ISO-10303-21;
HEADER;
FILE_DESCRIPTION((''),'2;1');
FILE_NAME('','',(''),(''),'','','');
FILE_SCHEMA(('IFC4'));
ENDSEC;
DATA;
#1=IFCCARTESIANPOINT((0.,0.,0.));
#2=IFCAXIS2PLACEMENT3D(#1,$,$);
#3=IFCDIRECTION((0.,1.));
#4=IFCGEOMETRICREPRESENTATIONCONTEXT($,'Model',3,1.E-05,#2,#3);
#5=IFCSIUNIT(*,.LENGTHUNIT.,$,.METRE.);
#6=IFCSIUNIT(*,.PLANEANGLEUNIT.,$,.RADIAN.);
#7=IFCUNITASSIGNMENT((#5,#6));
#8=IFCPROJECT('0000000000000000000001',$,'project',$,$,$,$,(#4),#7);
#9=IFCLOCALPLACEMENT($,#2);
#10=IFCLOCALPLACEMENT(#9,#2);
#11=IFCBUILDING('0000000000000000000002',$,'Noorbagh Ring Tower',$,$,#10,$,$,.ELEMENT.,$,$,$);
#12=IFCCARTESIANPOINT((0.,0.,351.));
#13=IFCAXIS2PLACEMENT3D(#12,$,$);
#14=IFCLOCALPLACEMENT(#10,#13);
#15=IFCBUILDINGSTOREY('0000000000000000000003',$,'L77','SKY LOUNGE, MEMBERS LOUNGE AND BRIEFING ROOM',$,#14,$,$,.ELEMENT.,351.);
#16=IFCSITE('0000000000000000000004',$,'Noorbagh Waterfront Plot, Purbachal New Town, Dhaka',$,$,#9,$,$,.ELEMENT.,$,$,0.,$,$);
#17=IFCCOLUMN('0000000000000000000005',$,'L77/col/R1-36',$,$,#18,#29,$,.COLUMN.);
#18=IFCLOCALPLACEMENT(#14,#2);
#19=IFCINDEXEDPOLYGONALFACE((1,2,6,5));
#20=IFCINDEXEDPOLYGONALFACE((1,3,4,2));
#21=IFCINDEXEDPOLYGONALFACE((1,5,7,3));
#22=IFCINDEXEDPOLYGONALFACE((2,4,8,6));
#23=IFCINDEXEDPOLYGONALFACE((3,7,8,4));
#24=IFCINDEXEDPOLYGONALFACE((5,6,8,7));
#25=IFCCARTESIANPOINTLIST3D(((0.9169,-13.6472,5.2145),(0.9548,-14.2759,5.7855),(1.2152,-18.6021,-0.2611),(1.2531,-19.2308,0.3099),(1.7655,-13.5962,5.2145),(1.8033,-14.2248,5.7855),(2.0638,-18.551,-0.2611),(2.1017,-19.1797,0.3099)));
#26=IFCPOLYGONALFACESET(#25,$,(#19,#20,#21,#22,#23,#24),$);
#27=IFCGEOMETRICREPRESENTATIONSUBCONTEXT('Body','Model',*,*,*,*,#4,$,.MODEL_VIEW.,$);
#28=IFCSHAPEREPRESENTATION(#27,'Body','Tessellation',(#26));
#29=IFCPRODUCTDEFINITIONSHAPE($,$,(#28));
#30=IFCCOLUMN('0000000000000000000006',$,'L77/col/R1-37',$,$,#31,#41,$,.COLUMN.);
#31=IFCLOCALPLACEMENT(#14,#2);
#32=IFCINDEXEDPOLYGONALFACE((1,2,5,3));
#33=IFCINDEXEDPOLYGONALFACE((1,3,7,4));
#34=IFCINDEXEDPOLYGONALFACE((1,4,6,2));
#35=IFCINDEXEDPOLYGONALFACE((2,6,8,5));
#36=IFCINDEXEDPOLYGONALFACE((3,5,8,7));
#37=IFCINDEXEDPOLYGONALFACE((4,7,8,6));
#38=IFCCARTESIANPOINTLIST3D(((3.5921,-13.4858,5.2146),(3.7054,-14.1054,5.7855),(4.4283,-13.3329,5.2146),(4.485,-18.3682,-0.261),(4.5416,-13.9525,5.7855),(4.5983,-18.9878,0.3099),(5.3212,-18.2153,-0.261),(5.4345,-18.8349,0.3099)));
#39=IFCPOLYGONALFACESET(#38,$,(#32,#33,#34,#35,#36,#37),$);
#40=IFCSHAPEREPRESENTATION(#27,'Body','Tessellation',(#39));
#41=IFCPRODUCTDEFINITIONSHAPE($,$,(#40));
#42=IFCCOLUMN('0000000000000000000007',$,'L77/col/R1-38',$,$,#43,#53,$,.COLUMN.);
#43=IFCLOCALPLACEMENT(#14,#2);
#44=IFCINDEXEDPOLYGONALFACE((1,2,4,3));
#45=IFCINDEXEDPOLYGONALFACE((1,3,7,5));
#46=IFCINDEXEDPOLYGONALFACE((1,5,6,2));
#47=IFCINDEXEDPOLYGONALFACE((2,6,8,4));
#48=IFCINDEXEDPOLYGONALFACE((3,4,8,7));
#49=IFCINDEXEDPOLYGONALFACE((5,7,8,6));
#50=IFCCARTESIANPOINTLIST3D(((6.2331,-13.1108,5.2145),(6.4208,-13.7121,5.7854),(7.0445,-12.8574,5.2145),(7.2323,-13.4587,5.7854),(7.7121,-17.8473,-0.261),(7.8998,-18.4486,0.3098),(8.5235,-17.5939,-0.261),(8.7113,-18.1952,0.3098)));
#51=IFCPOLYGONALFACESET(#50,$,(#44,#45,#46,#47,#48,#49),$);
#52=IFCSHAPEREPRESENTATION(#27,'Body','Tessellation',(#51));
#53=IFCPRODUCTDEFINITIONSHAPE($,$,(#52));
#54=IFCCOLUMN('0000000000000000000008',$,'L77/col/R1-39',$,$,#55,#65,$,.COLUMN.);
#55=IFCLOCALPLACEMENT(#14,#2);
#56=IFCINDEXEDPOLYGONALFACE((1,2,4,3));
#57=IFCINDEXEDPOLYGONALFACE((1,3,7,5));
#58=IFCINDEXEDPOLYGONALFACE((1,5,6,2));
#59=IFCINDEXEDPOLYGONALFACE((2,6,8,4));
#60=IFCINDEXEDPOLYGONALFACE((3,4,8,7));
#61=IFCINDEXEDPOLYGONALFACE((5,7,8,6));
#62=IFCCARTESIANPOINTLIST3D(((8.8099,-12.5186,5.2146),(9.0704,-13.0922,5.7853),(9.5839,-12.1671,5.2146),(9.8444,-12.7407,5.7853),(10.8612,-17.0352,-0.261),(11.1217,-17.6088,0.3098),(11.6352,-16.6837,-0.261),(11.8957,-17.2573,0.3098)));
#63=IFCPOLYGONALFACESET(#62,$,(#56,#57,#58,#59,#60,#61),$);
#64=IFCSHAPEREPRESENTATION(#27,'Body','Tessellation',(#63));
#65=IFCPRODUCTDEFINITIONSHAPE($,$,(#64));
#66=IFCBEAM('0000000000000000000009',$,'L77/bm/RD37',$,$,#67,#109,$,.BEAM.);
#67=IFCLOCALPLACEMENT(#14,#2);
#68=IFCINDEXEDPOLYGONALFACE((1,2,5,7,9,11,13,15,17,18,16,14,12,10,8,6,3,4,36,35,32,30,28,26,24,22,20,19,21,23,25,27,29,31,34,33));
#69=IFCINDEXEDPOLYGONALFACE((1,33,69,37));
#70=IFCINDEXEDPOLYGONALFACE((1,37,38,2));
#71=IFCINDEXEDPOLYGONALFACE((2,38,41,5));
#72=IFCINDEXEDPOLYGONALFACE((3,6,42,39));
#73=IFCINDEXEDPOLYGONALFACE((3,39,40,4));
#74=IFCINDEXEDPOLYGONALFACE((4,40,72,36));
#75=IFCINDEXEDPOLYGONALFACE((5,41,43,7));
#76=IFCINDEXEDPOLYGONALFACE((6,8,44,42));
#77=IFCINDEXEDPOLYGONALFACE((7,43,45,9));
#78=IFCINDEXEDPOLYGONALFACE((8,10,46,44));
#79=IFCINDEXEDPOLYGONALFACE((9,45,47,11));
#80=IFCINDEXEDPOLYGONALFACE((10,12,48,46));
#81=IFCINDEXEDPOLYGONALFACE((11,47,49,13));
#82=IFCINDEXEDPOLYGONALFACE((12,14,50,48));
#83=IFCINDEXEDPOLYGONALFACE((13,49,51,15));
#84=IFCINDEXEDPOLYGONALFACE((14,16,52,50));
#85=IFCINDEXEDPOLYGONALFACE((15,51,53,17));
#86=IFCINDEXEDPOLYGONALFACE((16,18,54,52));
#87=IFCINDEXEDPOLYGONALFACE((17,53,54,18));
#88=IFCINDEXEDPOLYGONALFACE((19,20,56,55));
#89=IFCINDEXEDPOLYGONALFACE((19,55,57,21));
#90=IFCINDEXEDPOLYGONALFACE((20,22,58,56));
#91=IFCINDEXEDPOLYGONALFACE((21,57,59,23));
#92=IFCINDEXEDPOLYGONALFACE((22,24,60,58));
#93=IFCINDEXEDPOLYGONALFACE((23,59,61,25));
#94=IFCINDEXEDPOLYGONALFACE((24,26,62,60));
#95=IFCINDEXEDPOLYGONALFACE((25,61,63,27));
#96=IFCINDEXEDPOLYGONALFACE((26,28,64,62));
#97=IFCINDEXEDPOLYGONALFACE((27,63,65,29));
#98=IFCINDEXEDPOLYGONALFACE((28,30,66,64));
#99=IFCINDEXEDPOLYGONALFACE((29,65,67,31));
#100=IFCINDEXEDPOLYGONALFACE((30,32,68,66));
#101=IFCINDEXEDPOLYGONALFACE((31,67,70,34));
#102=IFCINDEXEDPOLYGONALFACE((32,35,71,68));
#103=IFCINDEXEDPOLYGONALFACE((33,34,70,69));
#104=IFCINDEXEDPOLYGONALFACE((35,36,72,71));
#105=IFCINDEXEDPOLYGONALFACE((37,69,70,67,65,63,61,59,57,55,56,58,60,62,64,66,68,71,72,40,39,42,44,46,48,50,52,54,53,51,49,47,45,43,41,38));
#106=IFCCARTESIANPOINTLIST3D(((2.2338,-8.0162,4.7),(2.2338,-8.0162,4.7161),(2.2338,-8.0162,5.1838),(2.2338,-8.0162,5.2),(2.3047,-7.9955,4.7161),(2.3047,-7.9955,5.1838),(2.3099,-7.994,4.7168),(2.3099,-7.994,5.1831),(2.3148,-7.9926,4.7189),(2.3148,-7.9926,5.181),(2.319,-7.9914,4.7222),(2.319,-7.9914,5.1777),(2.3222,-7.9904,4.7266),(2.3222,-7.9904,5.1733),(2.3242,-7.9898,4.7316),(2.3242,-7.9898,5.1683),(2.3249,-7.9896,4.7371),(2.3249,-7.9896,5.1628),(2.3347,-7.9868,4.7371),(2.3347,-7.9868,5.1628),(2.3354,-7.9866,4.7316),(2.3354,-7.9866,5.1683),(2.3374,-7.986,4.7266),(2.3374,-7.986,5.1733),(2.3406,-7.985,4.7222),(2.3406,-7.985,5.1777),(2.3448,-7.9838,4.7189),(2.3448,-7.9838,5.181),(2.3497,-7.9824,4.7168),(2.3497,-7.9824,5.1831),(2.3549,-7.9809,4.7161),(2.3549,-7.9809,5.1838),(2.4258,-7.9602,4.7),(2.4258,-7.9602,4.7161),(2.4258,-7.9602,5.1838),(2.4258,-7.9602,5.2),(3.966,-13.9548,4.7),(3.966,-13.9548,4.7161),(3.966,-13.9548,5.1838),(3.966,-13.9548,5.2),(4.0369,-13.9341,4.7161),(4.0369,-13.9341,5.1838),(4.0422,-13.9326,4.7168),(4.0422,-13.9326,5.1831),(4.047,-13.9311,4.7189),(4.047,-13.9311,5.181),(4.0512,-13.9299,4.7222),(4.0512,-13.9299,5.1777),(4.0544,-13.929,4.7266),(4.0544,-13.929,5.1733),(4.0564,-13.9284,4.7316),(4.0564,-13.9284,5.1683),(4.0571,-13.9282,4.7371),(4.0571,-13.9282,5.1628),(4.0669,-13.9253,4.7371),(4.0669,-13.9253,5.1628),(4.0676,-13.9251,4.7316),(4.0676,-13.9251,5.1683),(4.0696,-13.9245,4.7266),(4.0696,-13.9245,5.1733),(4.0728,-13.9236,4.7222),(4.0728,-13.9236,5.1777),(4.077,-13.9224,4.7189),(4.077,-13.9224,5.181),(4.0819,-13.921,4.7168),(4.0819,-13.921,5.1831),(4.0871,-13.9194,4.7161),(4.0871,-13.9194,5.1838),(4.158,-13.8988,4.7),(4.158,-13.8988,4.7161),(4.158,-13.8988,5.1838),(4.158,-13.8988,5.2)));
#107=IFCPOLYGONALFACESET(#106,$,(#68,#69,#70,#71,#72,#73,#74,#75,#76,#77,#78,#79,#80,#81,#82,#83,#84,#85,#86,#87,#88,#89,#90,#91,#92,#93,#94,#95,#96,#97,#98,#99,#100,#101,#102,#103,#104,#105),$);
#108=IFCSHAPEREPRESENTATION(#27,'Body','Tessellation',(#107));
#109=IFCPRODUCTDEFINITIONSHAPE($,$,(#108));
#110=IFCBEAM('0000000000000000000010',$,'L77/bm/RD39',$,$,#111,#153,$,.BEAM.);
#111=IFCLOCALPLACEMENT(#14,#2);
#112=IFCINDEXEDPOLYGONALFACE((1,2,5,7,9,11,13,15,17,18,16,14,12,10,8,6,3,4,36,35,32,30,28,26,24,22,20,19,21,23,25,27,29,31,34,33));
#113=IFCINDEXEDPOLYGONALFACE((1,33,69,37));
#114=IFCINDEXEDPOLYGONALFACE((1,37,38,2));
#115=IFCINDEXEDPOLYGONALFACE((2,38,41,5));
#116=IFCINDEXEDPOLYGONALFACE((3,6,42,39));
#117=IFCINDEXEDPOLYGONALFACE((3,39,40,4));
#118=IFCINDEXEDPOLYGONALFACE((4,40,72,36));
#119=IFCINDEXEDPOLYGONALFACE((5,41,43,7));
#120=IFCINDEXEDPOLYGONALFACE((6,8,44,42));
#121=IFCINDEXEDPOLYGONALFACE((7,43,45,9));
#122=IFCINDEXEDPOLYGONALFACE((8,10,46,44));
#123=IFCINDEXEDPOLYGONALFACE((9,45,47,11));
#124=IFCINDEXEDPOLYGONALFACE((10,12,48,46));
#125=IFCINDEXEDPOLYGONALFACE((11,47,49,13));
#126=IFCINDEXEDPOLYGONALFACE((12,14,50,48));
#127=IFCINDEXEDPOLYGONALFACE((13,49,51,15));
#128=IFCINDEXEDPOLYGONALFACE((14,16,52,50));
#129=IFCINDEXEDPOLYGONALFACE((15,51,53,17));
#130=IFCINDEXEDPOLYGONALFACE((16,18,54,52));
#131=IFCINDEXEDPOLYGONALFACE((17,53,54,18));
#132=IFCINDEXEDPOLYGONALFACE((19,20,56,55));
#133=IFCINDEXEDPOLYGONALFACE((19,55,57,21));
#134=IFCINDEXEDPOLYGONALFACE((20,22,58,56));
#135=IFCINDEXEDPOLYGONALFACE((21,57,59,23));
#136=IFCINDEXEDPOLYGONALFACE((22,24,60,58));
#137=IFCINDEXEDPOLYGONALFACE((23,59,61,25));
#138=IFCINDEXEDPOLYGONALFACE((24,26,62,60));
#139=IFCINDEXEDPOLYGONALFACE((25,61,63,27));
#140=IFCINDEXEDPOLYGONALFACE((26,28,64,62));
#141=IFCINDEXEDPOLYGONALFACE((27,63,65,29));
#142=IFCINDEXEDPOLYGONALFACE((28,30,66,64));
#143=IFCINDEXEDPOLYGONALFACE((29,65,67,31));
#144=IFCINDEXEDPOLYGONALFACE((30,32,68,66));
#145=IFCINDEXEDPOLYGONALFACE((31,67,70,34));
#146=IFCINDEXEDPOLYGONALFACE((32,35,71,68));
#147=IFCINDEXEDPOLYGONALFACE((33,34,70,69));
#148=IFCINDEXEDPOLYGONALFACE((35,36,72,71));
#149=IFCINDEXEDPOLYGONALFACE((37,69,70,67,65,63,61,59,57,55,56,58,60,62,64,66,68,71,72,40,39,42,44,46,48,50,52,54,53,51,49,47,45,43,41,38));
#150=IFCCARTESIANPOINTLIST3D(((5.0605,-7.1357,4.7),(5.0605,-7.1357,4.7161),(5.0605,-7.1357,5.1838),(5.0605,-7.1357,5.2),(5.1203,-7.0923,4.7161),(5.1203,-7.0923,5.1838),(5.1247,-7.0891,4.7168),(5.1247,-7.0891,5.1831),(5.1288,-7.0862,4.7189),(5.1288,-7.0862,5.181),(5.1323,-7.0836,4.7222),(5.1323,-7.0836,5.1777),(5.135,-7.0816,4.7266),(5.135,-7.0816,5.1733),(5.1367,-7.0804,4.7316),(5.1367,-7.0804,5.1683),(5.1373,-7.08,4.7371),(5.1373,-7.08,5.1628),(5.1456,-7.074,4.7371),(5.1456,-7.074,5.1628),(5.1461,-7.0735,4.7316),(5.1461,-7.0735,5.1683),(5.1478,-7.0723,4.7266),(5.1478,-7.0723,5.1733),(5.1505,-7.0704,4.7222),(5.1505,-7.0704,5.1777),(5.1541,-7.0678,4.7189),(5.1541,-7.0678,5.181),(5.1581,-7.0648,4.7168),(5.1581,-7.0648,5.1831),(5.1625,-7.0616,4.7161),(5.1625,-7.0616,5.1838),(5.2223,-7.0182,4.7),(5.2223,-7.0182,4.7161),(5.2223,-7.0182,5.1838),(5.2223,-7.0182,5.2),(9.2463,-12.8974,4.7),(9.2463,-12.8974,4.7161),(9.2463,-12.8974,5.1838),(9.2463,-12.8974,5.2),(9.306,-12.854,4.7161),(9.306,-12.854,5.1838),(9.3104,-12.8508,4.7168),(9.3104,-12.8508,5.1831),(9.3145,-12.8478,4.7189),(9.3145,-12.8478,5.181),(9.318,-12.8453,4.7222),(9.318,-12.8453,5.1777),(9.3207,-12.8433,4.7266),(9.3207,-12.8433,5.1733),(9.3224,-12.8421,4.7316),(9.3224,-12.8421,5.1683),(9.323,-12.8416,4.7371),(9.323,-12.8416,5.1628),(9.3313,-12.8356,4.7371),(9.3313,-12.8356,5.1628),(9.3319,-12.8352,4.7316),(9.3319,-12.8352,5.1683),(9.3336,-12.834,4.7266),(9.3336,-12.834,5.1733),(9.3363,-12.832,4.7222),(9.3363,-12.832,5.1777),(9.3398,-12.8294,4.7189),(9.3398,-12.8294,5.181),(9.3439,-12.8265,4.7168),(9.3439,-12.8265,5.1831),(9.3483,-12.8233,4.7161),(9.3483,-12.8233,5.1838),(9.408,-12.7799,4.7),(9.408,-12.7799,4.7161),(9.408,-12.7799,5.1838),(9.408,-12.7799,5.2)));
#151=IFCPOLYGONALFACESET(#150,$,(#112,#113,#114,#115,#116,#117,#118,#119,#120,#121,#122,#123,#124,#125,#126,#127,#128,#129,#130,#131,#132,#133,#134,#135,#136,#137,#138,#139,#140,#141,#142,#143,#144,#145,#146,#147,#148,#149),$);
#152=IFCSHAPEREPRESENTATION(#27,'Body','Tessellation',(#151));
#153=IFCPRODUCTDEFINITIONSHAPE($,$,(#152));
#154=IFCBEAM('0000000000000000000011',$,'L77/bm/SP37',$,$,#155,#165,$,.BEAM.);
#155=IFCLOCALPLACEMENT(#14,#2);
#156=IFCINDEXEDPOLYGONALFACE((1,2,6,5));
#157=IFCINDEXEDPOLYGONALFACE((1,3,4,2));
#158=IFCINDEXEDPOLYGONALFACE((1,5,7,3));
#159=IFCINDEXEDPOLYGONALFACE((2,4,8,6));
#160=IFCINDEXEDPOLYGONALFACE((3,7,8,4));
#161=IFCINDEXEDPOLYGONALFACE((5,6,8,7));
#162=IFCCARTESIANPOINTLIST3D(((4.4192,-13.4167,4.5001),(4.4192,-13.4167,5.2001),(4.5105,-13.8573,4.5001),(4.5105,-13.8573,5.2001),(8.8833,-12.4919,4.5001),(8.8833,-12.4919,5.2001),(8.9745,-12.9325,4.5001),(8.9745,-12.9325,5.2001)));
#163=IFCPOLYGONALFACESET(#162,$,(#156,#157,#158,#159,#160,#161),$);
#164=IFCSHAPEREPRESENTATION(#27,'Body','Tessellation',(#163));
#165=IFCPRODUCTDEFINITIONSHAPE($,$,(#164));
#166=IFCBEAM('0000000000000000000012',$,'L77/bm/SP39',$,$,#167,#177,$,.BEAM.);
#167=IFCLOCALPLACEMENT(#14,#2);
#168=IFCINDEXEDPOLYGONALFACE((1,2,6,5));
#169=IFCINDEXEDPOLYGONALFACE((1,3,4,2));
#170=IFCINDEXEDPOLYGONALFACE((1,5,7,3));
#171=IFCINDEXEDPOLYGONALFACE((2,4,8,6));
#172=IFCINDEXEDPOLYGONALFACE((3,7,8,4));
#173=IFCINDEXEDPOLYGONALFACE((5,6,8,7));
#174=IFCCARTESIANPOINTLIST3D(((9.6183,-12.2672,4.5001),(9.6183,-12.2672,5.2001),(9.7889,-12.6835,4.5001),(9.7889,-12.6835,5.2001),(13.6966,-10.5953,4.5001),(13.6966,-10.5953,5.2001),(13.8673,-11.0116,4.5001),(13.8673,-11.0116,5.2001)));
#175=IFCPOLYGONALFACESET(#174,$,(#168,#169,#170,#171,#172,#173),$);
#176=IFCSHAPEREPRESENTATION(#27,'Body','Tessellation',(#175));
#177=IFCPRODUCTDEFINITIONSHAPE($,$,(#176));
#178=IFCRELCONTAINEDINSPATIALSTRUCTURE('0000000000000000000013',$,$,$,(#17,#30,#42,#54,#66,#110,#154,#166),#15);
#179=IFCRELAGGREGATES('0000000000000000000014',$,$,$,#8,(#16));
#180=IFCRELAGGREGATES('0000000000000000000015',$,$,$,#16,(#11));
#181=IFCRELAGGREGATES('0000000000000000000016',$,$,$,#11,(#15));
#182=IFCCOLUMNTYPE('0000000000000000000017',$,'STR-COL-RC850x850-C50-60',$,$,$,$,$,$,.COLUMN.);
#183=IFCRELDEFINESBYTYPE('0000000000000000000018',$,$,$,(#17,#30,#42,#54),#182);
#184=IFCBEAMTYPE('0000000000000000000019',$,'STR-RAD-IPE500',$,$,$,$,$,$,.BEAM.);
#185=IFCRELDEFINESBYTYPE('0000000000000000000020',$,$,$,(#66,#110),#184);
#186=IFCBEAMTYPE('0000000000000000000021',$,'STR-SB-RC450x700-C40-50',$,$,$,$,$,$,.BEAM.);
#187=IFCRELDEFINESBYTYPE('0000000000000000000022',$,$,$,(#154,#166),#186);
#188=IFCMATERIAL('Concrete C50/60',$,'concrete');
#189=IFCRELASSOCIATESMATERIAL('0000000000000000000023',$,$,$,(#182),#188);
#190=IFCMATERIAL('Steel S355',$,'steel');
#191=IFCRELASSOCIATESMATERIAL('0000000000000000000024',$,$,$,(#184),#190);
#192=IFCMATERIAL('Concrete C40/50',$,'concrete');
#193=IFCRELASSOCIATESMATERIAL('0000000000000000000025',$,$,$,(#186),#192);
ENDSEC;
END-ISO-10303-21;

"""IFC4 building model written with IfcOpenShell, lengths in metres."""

from ifc_helpers import new_model, si_unit, direction, frame, origin, origin_2d, place, context, subcontext, project, spatial, rectangle, i_section, extrude, material, material_profile, profile_set, type_object, element, save


model = new_model("IFC4")

# Units and contexts
model_context = context("Model", 3, precision=1e-05, world=origin(), true_north=direction((0.0, 1.0)))
body_context = subcontext(model_context, "Body", "Model", "MODEL_VIEW")
ifc_project = project(units=[si_unit("LENGTHUNIT", "METRE"), si_unit("PLANEANGLEUNIT", "RADIAN")], contexts=[model_context])

# Site, building, storey
site_placement = place(None, origin())
site = spatial("IfcSite", under=ifc_project, at=site_placement, Name="Noorbagh Waterfront Plot, Purbachal New Town, Dhaka", CompositionType="ELEMENT", RefElevation=0.0)
building_placement = place(site_placement, origin())
building = spatial("IfcBuilding", under=site, at=building_placement, Name="Noorbagh Ring Tower", CompositionType="ELEMENT")
storey_placement = place(building_placement, frame((0.0, 0.0, 351.0)))
storey = spatial("IfcBuildingStorey", under=building, at=storey_placement, Name="L77", Description="SKY LOUNGE, MEMBERS LOUNGE AND BRIEFING ROOM", CompositionType="ELEMENT", Elevation=351.0)

# Columns
ifc_material_1 = material(Name="Concrete C50/60", Category="concrete")
ifc_material_profile_1 = material_profile(ifc_material_1, rectangle(XDim=0.8501, YDim=0.8501, at=origin_2d()), Name="RC850x850")
ifc_profile_set_1 = profile_set([ifc_material_profile_1], Name="Concrete C50/60")
column_type = type_object("IfcColumnType", Name="STR-COL-RC850x850-C50-60", PredefinedType="COLUMN", material=ifc_profile_set_1)
column_1_placement = place(storey_placement, frame((1.6584, -18.8909, 0.0244), z_axis=(-0.040367, 0.670421, 0.740882), x_axis=(-0.998192, -0.060103, 0.0)))
element("IfcColumn", 1, at=column_1_placement, inside=storey, type_object=column_type, Name="L77/col/R1-36", PredefinedType="COLUMN", context=body_context, shape_type="SweptSolid", body=[
    extrude(rectangle(XDim=0.8501, YDim=0.8501, at=origin_2d()), origin(), (0.0, 0.0, 1.0), 7.3906),
])
column_2_placement = place(storey_placement, frame((4.9597, -18.6016, 0.0244), z_axis=(-0.12081, 0.660641, 0.740917), x_axis=(-0.983688, -0.179885, 0.0)))
element("IfcColumn", 2, at=column_2_placement, inside=storey, type_object=column_type, Name="L77/col/R1-37", PredefinedType="COLUMN", context=body_context, shape_type="SweptSolid", body=[
    extrude(rectangle(XDim=0.8501, YDim=0.8501, at=origin_2d()), origin(), (0.0, 0.0, 1.0), 7.3904),
])
column_3_placement = place(storey_placement, frame((8.2117, -18.0212, 0.0244), z_axis=(-0.20015, 0.640987, 0.740996), x_axis=(-0.954547, -0.298059, 0.0)))
element("IfcColumn", 3, at=column_3_placement, inside=storey, type_object=column_type, Name="L77/col/R1-38", PredefinedType="COLUMN", context=body_context, shape_type="SweptSolid", body=[
    extrude(rectangle(XDim=0.8501, YDim=0.8501, at=origin_2d()), origin(), (0.0, 0.0, 1.0), 7.3894),
])
column_4_placement = place(storey_placement, frame((11.3784, -17.1462, 0.0244), z_axis=(-0.277631, 0.611304, 0.741099), x_axis=(-0.910498, -0.413514, 0.0)))
element("IfcColumn", 4, at=column_4_placement, inside=storey, type_object=column_type, Name="L77/col/R1-39", PredefinedType="COLUMN", context=body_context, shape_type="SweptSolid", body=[
    extrude(rectangle(XDim=0.8501, YDim=0.8501, at=origin_2d()), origin(), (0.0, 0.0, 1.0), 7.3884),
])

# Beams
ifc_material_2 = material(Name="Steel S355", Category="steel")
ifc_material_profile_2 = material_profile(ifc_material_2, i_section(OverallWidth=0.2, OverallDepth=0.5, WebThickness=0.0103, FlangeThickness=0.0161, FilletRadius=0.021, at=origin_2d()), Name="IPE500")
ifc_profile_set_2 = profile_set([ifc_material_profile_2], Name="Steel S355")
beam_type_1 = type_object("IfcBeamType", Name="STR-RAD-IPE500", PredefinedType="BEAM", material=ifc_profile_set_2)
beam_1_placement = place(storey_placement, frame((4.062, -13.9268, 4.95), z_axis=(-0.280018, 0.959995, 0.0), x_axis=(-0.959995, -0.280018, 0.0)))
element("IfcBeam", 5, at=beam_1_placement, inside=storey, type_object=beam_type_1, Name="L77/bm/RD37", PredefinedType="BEAM", context=body_context, shape_type="SweptSolid", body=[
    extrude(i_section(OverallWidth=0.2, OverallDepth=0.5, WebThickness=0.0103, FlangeThickness=0.0161, FilletRadius=0.021, at=origin_2d()), origin(), (0.0, 0.0, 1.0), 6.186),
])
beam_2_placement = place(storey_placement, frame((9.3271, -12.8386, 4.95), z_axis=(-0.587754, 0.80904, 0.0), x_axis=(-0.80904, -0.587754, 0.0)))
element("IfcBeam", 6, at=beam_2_placement, inside=storey, type_object=beam_type_1, Name="L77/bm/RD39", PredefinedType="BEAM", context=body_context, shape_type="SweptSolid", body=[
    extrude(i_section(OverallWidth=0.2, OverallDepth=0.5, WebThickness=0.0103, FlangeThickness=0.0161, FilletRadius=0.021, at=origin_2d()), origin(), (0.0, 0.0, 1.0), 7.1216),
])
ifc_material_3 = material(Name="Concrete C40/50", Category="concrete")
ifc_material_profile_3 = material_profile(ifc_material_3, rectangle(XDim=0.45, YDim=0.7, at=origin_2d()), Name="RC450x700")
ifc_profile_set_3 = profile_set([ifc_material_profile_3], Name="Concrete C40/50")
beam_type_2 = type_object("IfcBeamType", Name="STR-SB-RC450x700-C40-50", PredefinedType="BEAM", material=ifc_profile_set_3)
beam_3_placement = place(storey_placement, frame((4.4648, -13.637, 4.8501), z_axis=(0.979208, 0.202857, 0.0), x_axis=(-0.202857, 0.979208, 0.0)))
element("IfcBeam", 7, at=beam_3_placement, inside=storey, type_object=beam_type_2, Name="L77/bm/SP37", PredefinedType="BEAM", context=body_context, shape_type="SweptSolid", body=[
    extrude(rectangle(XDim=0.45, YDim=0.7, at=origin_2d()), origin(), (0.0, 0.0, 1.0), 4.5588),
])
beam_4_placement = place(storey_placement, frame((9.7036, -12.4753, 4.8501), z_axis=(0.925272, 0.379303, 0.0), x_axis=(-0.379303, 0.925272, 0.0)))
element("IfcBeam", 8, at=beam_4_placement, inside=storey, type_object=beam_type_2, Name="L77/bm/SP39", PredefinedType="BEAM", context=body_context, shape_type="SweptSolid", body=[
    extrude(rectangle(XDim=0.45, YDim=0.7, at=origin_2d()), origin(), (0.0, 0.0, 1.0), 4.4077),
])

save(model, "model.ifc")
